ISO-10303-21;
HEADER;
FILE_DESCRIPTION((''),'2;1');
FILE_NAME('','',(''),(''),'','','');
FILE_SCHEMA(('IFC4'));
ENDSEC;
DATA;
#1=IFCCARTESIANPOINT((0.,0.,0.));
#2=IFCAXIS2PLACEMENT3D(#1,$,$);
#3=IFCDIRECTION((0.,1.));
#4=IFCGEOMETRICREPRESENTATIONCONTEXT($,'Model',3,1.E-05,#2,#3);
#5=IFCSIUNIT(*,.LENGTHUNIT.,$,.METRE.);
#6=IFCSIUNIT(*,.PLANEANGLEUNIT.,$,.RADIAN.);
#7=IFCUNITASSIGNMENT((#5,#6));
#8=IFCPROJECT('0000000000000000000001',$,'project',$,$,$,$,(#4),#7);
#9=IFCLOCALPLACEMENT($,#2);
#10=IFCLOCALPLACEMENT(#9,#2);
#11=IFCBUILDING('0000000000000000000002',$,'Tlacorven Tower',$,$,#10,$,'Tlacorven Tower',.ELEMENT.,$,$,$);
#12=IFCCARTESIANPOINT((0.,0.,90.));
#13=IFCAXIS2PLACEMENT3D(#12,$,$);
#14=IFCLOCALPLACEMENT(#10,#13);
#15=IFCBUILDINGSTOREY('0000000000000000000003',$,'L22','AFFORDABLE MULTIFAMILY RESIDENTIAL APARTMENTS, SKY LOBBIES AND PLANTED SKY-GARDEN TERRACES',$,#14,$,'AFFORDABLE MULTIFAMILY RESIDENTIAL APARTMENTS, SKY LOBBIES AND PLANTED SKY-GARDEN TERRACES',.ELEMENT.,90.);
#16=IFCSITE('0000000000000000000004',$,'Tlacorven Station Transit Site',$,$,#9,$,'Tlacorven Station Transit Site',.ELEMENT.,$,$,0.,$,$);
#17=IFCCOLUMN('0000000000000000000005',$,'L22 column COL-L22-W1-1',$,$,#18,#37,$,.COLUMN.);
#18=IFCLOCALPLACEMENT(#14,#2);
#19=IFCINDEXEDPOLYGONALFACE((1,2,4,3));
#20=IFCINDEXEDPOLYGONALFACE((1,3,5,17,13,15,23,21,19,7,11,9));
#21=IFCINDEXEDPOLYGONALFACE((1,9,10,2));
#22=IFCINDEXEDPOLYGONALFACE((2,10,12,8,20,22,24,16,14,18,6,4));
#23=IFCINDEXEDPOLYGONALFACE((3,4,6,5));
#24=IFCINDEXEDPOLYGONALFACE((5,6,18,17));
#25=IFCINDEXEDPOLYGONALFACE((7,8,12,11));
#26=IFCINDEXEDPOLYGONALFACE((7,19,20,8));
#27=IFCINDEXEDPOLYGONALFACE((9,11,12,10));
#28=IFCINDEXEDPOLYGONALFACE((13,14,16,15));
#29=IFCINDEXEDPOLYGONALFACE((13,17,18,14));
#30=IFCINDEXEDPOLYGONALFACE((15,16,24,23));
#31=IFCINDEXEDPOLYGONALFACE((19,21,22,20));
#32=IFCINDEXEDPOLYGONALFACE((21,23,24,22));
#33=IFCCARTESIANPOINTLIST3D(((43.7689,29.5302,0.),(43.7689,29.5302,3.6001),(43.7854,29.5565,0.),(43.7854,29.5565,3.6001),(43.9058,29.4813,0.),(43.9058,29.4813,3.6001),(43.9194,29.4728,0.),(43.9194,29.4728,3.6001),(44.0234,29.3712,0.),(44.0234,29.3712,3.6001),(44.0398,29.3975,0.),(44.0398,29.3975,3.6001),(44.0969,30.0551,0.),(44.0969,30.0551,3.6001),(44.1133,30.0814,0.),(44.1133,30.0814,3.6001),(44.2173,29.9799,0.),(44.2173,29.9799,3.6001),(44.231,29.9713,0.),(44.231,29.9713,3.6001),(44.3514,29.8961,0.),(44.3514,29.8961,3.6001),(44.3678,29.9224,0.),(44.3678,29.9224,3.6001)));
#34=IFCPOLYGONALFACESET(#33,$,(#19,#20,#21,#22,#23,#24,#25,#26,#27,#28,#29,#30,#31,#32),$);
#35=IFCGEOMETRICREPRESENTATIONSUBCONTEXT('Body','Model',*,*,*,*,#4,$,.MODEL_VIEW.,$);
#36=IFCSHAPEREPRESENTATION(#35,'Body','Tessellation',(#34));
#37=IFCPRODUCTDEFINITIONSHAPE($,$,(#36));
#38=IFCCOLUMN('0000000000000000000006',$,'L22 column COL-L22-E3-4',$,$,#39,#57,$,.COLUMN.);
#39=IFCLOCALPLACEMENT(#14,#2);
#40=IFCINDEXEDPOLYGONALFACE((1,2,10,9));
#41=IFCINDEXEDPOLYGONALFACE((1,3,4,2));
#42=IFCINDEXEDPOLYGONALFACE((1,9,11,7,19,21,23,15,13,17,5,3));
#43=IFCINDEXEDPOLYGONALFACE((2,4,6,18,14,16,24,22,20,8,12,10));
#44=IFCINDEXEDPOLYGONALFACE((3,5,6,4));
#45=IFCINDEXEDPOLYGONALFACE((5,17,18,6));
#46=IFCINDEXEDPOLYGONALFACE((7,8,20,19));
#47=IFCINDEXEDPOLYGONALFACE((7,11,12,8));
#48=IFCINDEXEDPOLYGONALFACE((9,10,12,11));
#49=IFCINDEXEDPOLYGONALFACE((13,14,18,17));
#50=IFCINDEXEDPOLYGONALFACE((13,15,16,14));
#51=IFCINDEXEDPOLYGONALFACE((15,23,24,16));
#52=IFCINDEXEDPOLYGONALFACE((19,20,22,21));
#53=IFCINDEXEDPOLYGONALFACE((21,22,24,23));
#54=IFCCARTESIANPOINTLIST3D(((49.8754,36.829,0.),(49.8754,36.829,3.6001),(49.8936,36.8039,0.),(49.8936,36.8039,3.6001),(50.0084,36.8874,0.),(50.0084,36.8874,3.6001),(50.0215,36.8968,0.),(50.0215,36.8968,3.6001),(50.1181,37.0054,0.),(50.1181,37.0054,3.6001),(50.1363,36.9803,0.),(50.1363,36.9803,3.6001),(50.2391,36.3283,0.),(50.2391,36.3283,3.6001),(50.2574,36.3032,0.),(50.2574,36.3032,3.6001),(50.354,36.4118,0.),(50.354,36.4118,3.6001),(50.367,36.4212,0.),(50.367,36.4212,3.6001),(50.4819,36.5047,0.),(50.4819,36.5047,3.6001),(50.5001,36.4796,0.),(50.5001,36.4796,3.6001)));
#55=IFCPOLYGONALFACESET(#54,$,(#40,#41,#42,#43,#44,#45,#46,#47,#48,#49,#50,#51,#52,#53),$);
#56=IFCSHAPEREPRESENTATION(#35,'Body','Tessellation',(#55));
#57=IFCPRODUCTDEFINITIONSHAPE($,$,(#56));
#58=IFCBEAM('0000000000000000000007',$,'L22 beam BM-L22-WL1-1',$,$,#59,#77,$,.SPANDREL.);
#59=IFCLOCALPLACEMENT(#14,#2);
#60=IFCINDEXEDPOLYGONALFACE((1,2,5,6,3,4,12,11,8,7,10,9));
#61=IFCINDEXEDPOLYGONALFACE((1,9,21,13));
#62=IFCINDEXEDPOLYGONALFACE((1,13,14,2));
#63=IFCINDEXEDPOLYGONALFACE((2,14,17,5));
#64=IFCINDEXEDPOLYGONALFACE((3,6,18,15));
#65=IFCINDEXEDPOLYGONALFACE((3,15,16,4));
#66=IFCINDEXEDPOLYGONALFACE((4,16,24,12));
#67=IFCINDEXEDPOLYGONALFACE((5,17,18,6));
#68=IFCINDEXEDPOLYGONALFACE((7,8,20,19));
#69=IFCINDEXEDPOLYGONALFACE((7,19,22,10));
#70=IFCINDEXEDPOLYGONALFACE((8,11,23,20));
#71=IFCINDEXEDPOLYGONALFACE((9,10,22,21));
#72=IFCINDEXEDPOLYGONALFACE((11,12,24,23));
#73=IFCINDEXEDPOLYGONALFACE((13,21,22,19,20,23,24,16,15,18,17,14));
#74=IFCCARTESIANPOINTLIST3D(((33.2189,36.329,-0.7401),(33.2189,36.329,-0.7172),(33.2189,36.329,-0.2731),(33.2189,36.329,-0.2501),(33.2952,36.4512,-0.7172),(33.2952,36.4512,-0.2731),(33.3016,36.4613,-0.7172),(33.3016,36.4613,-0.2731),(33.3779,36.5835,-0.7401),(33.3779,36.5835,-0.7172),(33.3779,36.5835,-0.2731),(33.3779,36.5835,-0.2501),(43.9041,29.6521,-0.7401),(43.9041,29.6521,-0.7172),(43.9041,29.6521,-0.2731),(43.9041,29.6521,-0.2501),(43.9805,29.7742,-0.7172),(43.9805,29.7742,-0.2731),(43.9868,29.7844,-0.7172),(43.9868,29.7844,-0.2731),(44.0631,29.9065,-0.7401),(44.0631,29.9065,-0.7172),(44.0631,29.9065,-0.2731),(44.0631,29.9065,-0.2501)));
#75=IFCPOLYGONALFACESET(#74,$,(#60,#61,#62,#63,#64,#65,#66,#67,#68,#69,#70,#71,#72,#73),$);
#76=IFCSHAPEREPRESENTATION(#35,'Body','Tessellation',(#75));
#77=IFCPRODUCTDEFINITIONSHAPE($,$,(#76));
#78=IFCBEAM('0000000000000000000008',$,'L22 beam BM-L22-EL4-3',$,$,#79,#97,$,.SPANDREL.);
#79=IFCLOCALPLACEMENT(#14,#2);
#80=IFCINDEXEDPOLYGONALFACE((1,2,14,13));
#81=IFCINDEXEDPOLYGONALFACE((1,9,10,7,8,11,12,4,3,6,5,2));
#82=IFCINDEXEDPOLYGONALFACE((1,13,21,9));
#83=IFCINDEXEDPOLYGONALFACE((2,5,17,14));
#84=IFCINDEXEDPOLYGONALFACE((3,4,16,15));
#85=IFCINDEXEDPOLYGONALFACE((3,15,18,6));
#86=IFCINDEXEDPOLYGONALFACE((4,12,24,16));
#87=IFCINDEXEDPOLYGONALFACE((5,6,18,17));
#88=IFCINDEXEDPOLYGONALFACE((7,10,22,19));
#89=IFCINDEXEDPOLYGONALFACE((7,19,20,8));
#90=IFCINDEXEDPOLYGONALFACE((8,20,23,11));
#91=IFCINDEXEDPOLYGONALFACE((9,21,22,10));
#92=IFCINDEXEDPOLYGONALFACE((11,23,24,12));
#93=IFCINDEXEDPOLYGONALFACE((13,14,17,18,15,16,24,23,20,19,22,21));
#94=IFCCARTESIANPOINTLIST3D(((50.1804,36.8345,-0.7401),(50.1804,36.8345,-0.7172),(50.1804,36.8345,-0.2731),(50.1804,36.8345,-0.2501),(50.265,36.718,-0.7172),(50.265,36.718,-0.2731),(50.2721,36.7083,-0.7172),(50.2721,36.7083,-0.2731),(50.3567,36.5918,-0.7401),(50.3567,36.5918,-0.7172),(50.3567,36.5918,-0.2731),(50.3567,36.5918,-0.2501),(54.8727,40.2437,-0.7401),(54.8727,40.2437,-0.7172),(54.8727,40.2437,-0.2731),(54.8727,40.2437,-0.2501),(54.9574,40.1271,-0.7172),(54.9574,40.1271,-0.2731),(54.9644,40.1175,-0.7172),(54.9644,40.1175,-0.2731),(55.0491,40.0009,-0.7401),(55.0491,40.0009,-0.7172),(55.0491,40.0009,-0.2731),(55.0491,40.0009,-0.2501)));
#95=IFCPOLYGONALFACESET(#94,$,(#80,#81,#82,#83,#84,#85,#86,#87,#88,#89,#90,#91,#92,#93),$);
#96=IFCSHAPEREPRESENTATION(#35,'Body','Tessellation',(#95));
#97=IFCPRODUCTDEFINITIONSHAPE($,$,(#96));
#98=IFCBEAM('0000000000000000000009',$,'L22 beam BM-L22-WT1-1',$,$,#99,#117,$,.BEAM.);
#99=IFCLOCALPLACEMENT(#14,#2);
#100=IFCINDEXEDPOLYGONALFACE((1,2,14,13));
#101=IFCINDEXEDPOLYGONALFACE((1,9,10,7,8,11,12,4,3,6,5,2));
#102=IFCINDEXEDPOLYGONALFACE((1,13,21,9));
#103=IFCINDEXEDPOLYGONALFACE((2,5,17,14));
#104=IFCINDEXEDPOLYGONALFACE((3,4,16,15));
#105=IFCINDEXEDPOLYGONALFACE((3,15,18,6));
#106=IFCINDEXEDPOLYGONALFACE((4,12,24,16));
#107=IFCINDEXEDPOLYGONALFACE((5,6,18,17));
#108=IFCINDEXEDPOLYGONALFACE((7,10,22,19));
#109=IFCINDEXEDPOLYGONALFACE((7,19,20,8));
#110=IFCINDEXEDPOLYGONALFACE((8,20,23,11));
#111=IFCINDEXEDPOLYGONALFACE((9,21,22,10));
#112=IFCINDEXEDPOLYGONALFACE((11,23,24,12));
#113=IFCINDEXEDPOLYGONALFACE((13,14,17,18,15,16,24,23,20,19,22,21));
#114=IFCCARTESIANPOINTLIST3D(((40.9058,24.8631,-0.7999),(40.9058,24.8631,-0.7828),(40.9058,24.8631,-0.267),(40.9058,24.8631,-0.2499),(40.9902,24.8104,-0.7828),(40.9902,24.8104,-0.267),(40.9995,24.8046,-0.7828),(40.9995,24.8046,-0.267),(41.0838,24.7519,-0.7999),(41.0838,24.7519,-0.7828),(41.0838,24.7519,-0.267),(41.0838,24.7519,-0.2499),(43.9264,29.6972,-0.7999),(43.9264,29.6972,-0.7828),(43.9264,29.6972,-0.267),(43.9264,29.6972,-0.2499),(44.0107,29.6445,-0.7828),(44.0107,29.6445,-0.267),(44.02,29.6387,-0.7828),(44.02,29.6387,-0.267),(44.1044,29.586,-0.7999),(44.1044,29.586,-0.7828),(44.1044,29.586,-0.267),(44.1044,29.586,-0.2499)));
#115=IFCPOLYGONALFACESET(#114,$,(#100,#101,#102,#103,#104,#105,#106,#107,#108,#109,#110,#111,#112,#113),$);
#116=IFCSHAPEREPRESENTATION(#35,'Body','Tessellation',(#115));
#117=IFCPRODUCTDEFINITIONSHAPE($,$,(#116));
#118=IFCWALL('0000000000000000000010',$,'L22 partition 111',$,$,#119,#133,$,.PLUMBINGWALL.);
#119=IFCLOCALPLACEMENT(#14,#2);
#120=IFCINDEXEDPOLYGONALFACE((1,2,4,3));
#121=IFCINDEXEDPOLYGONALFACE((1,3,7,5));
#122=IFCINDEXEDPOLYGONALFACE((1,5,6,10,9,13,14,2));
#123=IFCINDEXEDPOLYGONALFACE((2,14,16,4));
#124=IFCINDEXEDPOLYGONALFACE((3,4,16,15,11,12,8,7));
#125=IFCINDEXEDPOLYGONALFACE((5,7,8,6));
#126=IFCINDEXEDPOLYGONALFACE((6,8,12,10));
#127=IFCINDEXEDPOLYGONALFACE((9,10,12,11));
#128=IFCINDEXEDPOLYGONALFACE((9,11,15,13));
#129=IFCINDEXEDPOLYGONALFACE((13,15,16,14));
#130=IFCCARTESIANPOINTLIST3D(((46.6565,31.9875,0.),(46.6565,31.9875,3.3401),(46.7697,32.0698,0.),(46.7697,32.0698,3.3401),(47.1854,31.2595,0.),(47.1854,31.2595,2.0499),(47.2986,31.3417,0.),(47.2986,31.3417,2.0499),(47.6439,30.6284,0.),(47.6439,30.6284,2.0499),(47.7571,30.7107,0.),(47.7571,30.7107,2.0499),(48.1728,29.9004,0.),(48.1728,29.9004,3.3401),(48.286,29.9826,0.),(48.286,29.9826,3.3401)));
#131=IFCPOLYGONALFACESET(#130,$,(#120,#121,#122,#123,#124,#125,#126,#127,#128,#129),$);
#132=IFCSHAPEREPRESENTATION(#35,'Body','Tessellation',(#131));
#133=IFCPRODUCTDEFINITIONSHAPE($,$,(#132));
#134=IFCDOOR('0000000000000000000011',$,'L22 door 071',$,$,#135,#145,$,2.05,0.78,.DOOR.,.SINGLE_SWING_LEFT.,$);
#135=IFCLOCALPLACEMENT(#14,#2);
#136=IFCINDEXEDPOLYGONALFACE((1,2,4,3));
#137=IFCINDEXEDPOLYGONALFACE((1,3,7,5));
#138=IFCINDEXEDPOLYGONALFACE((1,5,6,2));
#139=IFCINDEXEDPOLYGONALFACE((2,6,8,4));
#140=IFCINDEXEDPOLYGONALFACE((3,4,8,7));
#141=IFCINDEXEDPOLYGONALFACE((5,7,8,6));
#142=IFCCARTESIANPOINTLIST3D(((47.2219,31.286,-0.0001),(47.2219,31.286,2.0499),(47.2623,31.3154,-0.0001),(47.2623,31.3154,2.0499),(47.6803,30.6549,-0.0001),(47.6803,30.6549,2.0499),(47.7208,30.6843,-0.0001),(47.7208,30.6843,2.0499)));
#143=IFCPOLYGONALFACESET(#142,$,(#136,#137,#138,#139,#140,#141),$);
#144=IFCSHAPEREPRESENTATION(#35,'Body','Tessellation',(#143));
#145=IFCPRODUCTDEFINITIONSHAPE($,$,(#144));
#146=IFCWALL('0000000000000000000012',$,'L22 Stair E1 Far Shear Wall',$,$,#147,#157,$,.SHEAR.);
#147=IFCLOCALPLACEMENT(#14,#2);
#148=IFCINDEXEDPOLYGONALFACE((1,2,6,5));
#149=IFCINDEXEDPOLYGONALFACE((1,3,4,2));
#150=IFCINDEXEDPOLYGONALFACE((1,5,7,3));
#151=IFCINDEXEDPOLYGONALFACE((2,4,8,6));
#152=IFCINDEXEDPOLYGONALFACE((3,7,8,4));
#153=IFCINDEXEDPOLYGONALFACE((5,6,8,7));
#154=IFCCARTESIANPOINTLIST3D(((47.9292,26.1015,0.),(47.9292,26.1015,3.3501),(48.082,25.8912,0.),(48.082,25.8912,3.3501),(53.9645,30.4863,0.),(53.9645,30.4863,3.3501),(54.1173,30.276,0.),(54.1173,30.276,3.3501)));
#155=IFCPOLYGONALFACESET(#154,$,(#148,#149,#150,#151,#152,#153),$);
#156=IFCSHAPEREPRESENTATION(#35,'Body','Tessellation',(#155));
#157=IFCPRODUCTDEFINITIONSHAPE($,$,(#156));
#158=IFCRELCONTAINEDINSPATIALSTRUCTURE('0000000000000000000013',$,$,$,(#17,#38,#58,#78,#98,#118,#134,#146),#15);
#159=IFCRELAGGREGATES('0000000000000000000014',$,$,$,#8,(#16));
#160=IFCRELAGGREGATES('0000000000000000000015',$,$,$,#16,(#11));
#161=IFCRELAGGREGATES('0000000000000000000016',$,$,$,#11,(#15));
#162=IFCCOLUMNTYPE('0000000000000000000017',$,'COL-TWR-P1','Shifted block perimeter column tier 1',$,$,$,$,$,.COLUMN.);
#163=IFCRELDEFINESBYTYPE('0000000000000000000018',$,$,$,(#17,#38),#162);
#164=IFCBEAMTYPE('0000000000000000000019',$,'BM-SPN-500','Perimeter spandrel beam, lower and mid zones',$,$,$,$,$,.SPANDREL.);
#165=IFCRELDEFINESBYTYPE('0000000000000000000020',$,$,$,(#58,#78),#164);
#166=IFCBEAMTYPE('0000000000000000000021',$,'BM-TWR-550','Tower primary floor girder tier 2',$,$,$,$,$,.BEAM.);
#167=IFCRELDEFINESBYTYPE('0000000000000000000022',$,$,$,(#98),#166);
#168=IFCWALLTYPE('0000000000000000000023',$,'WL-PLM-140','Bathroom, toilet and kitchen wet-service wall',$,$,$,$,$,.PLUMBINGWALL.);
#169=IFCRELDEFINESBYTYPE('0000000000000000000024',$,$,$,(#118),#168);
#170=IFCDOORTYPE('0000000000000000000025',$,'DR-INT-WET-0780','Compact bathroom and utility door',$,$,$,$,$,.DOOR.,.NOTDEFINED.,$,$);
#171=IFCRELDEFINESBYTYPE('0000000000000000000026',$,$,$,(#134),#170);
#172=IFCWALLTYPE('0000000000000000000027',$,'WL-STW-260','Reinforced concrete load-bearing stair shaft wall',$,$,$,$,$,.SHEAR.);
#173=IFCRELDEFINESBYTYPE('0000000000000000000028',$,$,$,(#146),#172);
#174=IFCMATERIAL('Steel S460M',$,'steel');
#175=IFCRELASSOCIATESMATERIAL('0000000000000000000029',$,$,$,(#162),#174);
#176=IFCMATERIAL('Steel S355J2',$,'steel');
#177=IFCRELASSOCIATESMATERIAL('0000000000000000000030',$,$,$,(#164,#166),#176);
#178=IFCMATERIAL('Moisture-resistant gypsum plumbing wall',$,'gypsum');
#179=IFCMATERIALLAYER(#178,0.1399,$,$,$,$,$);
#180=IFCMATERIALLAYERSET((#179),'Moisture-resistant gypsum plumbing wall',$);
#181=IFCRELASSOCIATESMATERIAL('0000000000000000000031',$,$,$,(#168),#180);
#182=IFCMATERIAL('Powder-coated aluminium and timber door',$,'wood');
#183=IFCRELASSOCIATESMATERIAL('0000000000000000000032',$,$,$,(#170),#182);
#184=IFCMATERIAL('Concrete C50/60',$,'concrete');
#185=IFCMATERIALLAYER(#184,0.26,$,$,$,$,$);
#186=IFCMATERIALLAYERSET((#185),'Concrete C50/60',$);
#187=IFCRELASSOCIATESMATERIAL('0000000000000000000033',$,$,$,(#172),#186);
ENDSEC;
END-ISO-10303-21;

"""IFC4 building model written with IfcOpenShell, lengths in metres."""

from ifc_helpers import new_model, si_unit, direction, frame, frame_2d, origin, origin_2d, place, context, subcontext, project, spatial, rectangle, i_section, extrude, source, transform, mapped, material, layer, layer_set, material_profile, profile_set, type_object, element, fill, save


model = new_model("IFC4")

# Units and contexts
model_context = context("Model", 3, precision=1e-05, world=origin(), true_north=direction((0.0, 1.0)))
body_context = subcontext(model_context, "Body", "Model", "MODEL_VIEW")
ifc_project = project(units=[si_unit("LENGTHUNIT", "METRE"), si_unit("PLANEANGLEUNIT", "RADIAN")], contexts=[model_context])

# Site, building, storey
site_placement = place(None, origin())
site = spatial("IfcSite", under=ifc_project, at=site_placement, Name="Tlacorven Station Transit Site", LongName="Tlacorven Station Transit Site", CompositionType="ELEMENT", RefElevation=0.0)
building_placement = place(site_placement, origin())
building = spatial("IfcBuilding", under=site, at=building_placement, Name="Tlacorven Tower", LongName="Tlacorven Tower", CompositionType="ELEMENT")
storey_placement = place(building_placement, frame((0.0, 0.0, 90.0)))
storey = spatial("IfcBuildingStorey", under=building, at=storey_placement, Name="L22", Description="AFFORDABLE MULTIFAMILY RESIDENTIAL APARTMENTS, SKY LOBBIES AND PLANTED SKY-GARDEN TERRACES", LongName="AFFORDABLE MULTIFAMILY RESIDENTIAL APARTMENTS, SKY LOBBIES AND PLANTED SKY-GARDEN TERRACES", CompositionType="ELEMENT", Elevation=90.0)

# Columns
ifc_material_1 = material(Name="Steel S460M", Category="steel")
ifc_material_profile_1 = material_profile(ifc_material_1, i_section(OverallWidth=0.3, OverallDepth=0.6499, WebThickness=0.0161, FlangeThickness=0.031, at=origin_2d()), Name="HEB 650")
ifc_profile_set_1 = profile_set([ifc_material_profile_1], Name="Steel S460M")
column_type = type_object("IfcColumnType", Name="COL-TWR-P1", Description="Shifted block perimeter column tier 1", PredefinedType="COLUMN", material=ifc_profile_set_1)
shared_shape_1 = source(origin(), body_context, "Body", "SweptSolid", [
    extrude(i_section(OverallWidth=0.3, OverallDepth=0.6499, WebThickness=0.0161, FlangeThickness=0.031, at=origin_2d()), origin(), (0.0, 0.0, 1.0), 3.6001),
])
for number, where, z_axis, x_axis, name in (
    (1, (44.0684, 29.7263, 0.0), (0.0, 0.0, 1.0), (-0.848048, 0.529919, 0.0), "L22 column COL-L22-W1-1"),
    (2, (50.1877, 36.6543, 0.0), (0.0, 0.0, 1.0), (0.809017, 0.587785, 0.0), "L22 column COL-L22-E3-4"),
):
    element("IfcColumn", number, at=place(storey_placement, frame(where, z_axis=z_axis, x_axis=x_axis)), inside=storey, type_object=column_type, Name=name, PredefinedType="COLUMN", context=body_context, shape_type="MappedRepresentation", body=[
        mapped(shared_shape_1, transform((0.0, 0.0, 0.0), scale=1.0)),
    ])

# Beams
ifc_material_2 = material(Name="Steel S355J2", Category="steel")
ifc_material_profile_2 = material_profile(ifc_material_2, i_section(OverallWidth=0.3, OverallDepth=0.49, WebThickness=0.012, FlangeThickness=0.0229, at=origin_2d()), Name="HEA 500")
ifc_profile_set_2 = profile_set([ifc_material_profile_2], Name="Steel S355J2")
beam_type_1 = type_object("IfcBeamType", Name="BM-SPN-500", Description="Perimeter spandrel beam, lower and mid zones", PredefinedType="SPANDREL", material=ifc_profile_set_2)
shared_shape_2 = source(origin(), body_context, "Body", "SweptSolid", [
    extrude(i_section(OverallWidth=0.3, OverallDepth=0.49, WebThickness=0.012, FlangeThickness=0.0229, at=origin_2d()), origin(), (0.0, 0.0, 1.0), 12.5999),
])
beam_1_placement = place(storey_placement, frame((43.9836, 29.7793, -0.4951), z_axis=(-0.848045, 0.529924, 0.0), x_axis=(-0.529924, -0.848045, 0.0)))
element("IfcBeam", 3, at=beam_1_placement, inside=storey, type_object=beam_type_1, Name="L22 beam BM-L22-WL1-1", PredefinedType="SPANDREL", context=body_context, shape_type="MappedRepresentation", body=[
    mapped(shared_shape_2, transform((0.0, 0.0, 0.0), scale=1.0)),
])
shared_shape_3 = source(origin(), body_context, "Body", "SweptSolid", [
    extrude(i_section(OverallWidth=0.3, OverallDepth=0.49, WebThickness=0.012, FlangeThickness=0.0229, at=origin_2d()), origin(), (0.0, 0.0, 1.0), 5.8),
])
beam_2_placement = place(storey_placement, frame((50.2686, 36.7131, -0.4951), z_axis=(0.80902, 0.587781, 0.0), x_axis=(-0.587781, 0.80902, 0.0)))
element("IfcBeam", 4, at=beam_2_placement, inside=storey, type_object=beam_type_1, Name="L22 beam BM-L22-EL4-3", PredefinedType="SPANDREL", context=body_context, shape_type="MappedRepresentation", body=[
    mapped(shared_shape_3, transform((0.0, 0.0, 0.0), scale=1.0)),
])
ifc_material_profile_3 = material_profile(ifc_material_2, i_section(OverallWidth=0.21, OverallDepth=0.55, WebThickness=0.011, FlangeThickness=0.0171, at=origin_2d()), Name="IPE 550")
ifc_profile_set_3 = profile_set([ifc_material_profile_3], Name="Steel S355J2")
beam_type_2 = type_object("IfcBeamType", Name="BM-TWR-550", Description="Tower primary floor girder tier 2", PredefinedType="BEAM", material=ifc_profile_set_3)
shared_shape_4 = source(origin(), body_context, "Body", "SweptSolid", [
    extrude(i_section(OverallWidth=0.21, OverallDepth=0.55, WebThickness=0.011, FlangeThickness=0.0171, at=origin_2d()), origin(), (0.0, 0.0, 1.0), 5.7002),
])
beam_3_placement = place(storey_placement, frame((44.0154, 29.6416, -0.5249), z_axis=(-0.529907, -0.848056, 0.0), x_axis=(0.848056, -0.529907, 0.0)))
element("IfcBeam", 5, at=beam_3_placement, inside=storey, type_object=beam_type_2, Name="L22 beam BM-L22-WT1-1", PredefinedType="BEAM", context=body_context, shape_type="MappedRepresentation", body=[
    mapped(shared_shape_4, transform((0.0, 0.0, 0.0), scale=1.0)),
])

# Wall, opening, door
ifc_material_3 = material(Name="Moisture-resistant gypsum plumbing wall", Category="gypsum")
ifc_layer_1 = layer(ifc_material_3, 0.1399)
ifc_layer_set_1 = layer_set([ifc_layer_1], Name="Moisture-resistant gypsum plumbing wall")
wall_type_1 = type_object("IfcWallType", Name="WL-PLM-140", Description="Bathroom, toilet and kitchen wet-service wall", PredefinedType="PLUMBINGWALL", material=ifc_layer_set_1)
wall_1_placement = place(storey_placement, frame((48.2295, 29.9414, 0.0), z_axis=(0.0, 0.0, 1.0), x_axis=(-0.587772, 0.809027, 0.0)))
wall_1 = element("IfcWall", 6, at=wall_1_placement, inside=storey, type_object=wall_type_1, Name="L22 partition 111", PredefinedType="PLUMBINGWALL", context=body_context, shape_type="SweptSolid", body=[
    extrude(rectangle(XDim=2.5798, YDim=0.1399, at=frame_2d((1.29, 0.0))), origin(), (0.0, 0.0, 1.0), 3.3401),
])
opening_placement = place(wall_1_placement, frame((0.8999, 0.0, 0.0)))
opening = element("IfcOpeningElement", 7, at=opening_placement, cuts=wall_1, PredefinedType="OPENING", context=body_context, shape_type="SweptSolid", body=[
    extrude(rectangle(XDim=0.78, YDim=2.05, at=frame_2d((0.3901, 1.0249))), frame((0.0, 0.0801, 0.0), z_axis=(0.0, -1.0, 0.0), x_axis=(1.0, 0.0, 0.0)), (0.0, 0.0, 1.0), 0.1599),
])
ifc_material_4 = material(Name="Powder-coated aluminium and timber door", Category="wood")
door_type = type_object("IfcDoorType", Name="DR-INT-WET-0780", Description="Compact bathroom and utility door", OperationType="NOTDEFINED", PredefinedType="DOOR", material=ifc_material_4)
shared_shape_5 = source(origin(), body_context, "Body", "SweptSolid", [
    extrude(rectangle(XDim=0.78, YDim=2.05, at=frame_2d((0.3901, 1.0249))), frame((0.0, 0.0249, 0.0), z_axis=(0.0, -1.0, 0.0), x_axis=(1.0, 0.0, 0.0)), (0.0, 0.0, 1.0), 0.05),
])
door_placement = place(opening_placement, origin())
door = element("IfcDoor", 8, at=door_placement, inside=storey, type_object=door_type, Name="L22 door 071", OperationType="SINGLE_SWING_LEFT", OverallHeight=2.05, OverallWidth=0.78, PredefinedType="DOOR", context=body_context, shape_type="MappedRepresentation", body=[
    mapped(shared_shape_5, transform((0.0, 0.0, 0.0), scale=1.0)),
])
fill(opening, door)

# Wall
ifc_material_5 = material(Name="Concrete C50/60", Category="concrete")
ifc_layer_2 = layer(ifc_material_5, 0.26)
ifc_layer_set_2 = layer_set([ifc_layer_2], Name="Concrete C50/60")
wall_type_2 = type_object("IfcWallType", Name="WL-STW-260", Description="Reinforced concrete load-bearing stair shaft wall", PredefinedType="SHEAR", material=ifc_layer_set_2)
wall_2_placement = place(storey_placement, frame((48.0056, 25.9963, 0.0), z_axis=(0.0, 0.0, 1.0), x_axis=(0.809019, 0.587782, 0.0)))
element("IfcWall", 9, at=wall_2_placement, inside=storey, type_object=wall_type_2, Name="L22 Stair E1 Far Shear Wall", PredefinedType="SHEAR", context=body_context, shape_type="SweptSolid", body=[
    extrude(rectangle(XDim=7.46, YDim=0.26, at=frame_2d((3.73, 0.0))), origin(), (0.0, 0.0, 1.0), 3.3501),
])

save(model, "model.ifc")
